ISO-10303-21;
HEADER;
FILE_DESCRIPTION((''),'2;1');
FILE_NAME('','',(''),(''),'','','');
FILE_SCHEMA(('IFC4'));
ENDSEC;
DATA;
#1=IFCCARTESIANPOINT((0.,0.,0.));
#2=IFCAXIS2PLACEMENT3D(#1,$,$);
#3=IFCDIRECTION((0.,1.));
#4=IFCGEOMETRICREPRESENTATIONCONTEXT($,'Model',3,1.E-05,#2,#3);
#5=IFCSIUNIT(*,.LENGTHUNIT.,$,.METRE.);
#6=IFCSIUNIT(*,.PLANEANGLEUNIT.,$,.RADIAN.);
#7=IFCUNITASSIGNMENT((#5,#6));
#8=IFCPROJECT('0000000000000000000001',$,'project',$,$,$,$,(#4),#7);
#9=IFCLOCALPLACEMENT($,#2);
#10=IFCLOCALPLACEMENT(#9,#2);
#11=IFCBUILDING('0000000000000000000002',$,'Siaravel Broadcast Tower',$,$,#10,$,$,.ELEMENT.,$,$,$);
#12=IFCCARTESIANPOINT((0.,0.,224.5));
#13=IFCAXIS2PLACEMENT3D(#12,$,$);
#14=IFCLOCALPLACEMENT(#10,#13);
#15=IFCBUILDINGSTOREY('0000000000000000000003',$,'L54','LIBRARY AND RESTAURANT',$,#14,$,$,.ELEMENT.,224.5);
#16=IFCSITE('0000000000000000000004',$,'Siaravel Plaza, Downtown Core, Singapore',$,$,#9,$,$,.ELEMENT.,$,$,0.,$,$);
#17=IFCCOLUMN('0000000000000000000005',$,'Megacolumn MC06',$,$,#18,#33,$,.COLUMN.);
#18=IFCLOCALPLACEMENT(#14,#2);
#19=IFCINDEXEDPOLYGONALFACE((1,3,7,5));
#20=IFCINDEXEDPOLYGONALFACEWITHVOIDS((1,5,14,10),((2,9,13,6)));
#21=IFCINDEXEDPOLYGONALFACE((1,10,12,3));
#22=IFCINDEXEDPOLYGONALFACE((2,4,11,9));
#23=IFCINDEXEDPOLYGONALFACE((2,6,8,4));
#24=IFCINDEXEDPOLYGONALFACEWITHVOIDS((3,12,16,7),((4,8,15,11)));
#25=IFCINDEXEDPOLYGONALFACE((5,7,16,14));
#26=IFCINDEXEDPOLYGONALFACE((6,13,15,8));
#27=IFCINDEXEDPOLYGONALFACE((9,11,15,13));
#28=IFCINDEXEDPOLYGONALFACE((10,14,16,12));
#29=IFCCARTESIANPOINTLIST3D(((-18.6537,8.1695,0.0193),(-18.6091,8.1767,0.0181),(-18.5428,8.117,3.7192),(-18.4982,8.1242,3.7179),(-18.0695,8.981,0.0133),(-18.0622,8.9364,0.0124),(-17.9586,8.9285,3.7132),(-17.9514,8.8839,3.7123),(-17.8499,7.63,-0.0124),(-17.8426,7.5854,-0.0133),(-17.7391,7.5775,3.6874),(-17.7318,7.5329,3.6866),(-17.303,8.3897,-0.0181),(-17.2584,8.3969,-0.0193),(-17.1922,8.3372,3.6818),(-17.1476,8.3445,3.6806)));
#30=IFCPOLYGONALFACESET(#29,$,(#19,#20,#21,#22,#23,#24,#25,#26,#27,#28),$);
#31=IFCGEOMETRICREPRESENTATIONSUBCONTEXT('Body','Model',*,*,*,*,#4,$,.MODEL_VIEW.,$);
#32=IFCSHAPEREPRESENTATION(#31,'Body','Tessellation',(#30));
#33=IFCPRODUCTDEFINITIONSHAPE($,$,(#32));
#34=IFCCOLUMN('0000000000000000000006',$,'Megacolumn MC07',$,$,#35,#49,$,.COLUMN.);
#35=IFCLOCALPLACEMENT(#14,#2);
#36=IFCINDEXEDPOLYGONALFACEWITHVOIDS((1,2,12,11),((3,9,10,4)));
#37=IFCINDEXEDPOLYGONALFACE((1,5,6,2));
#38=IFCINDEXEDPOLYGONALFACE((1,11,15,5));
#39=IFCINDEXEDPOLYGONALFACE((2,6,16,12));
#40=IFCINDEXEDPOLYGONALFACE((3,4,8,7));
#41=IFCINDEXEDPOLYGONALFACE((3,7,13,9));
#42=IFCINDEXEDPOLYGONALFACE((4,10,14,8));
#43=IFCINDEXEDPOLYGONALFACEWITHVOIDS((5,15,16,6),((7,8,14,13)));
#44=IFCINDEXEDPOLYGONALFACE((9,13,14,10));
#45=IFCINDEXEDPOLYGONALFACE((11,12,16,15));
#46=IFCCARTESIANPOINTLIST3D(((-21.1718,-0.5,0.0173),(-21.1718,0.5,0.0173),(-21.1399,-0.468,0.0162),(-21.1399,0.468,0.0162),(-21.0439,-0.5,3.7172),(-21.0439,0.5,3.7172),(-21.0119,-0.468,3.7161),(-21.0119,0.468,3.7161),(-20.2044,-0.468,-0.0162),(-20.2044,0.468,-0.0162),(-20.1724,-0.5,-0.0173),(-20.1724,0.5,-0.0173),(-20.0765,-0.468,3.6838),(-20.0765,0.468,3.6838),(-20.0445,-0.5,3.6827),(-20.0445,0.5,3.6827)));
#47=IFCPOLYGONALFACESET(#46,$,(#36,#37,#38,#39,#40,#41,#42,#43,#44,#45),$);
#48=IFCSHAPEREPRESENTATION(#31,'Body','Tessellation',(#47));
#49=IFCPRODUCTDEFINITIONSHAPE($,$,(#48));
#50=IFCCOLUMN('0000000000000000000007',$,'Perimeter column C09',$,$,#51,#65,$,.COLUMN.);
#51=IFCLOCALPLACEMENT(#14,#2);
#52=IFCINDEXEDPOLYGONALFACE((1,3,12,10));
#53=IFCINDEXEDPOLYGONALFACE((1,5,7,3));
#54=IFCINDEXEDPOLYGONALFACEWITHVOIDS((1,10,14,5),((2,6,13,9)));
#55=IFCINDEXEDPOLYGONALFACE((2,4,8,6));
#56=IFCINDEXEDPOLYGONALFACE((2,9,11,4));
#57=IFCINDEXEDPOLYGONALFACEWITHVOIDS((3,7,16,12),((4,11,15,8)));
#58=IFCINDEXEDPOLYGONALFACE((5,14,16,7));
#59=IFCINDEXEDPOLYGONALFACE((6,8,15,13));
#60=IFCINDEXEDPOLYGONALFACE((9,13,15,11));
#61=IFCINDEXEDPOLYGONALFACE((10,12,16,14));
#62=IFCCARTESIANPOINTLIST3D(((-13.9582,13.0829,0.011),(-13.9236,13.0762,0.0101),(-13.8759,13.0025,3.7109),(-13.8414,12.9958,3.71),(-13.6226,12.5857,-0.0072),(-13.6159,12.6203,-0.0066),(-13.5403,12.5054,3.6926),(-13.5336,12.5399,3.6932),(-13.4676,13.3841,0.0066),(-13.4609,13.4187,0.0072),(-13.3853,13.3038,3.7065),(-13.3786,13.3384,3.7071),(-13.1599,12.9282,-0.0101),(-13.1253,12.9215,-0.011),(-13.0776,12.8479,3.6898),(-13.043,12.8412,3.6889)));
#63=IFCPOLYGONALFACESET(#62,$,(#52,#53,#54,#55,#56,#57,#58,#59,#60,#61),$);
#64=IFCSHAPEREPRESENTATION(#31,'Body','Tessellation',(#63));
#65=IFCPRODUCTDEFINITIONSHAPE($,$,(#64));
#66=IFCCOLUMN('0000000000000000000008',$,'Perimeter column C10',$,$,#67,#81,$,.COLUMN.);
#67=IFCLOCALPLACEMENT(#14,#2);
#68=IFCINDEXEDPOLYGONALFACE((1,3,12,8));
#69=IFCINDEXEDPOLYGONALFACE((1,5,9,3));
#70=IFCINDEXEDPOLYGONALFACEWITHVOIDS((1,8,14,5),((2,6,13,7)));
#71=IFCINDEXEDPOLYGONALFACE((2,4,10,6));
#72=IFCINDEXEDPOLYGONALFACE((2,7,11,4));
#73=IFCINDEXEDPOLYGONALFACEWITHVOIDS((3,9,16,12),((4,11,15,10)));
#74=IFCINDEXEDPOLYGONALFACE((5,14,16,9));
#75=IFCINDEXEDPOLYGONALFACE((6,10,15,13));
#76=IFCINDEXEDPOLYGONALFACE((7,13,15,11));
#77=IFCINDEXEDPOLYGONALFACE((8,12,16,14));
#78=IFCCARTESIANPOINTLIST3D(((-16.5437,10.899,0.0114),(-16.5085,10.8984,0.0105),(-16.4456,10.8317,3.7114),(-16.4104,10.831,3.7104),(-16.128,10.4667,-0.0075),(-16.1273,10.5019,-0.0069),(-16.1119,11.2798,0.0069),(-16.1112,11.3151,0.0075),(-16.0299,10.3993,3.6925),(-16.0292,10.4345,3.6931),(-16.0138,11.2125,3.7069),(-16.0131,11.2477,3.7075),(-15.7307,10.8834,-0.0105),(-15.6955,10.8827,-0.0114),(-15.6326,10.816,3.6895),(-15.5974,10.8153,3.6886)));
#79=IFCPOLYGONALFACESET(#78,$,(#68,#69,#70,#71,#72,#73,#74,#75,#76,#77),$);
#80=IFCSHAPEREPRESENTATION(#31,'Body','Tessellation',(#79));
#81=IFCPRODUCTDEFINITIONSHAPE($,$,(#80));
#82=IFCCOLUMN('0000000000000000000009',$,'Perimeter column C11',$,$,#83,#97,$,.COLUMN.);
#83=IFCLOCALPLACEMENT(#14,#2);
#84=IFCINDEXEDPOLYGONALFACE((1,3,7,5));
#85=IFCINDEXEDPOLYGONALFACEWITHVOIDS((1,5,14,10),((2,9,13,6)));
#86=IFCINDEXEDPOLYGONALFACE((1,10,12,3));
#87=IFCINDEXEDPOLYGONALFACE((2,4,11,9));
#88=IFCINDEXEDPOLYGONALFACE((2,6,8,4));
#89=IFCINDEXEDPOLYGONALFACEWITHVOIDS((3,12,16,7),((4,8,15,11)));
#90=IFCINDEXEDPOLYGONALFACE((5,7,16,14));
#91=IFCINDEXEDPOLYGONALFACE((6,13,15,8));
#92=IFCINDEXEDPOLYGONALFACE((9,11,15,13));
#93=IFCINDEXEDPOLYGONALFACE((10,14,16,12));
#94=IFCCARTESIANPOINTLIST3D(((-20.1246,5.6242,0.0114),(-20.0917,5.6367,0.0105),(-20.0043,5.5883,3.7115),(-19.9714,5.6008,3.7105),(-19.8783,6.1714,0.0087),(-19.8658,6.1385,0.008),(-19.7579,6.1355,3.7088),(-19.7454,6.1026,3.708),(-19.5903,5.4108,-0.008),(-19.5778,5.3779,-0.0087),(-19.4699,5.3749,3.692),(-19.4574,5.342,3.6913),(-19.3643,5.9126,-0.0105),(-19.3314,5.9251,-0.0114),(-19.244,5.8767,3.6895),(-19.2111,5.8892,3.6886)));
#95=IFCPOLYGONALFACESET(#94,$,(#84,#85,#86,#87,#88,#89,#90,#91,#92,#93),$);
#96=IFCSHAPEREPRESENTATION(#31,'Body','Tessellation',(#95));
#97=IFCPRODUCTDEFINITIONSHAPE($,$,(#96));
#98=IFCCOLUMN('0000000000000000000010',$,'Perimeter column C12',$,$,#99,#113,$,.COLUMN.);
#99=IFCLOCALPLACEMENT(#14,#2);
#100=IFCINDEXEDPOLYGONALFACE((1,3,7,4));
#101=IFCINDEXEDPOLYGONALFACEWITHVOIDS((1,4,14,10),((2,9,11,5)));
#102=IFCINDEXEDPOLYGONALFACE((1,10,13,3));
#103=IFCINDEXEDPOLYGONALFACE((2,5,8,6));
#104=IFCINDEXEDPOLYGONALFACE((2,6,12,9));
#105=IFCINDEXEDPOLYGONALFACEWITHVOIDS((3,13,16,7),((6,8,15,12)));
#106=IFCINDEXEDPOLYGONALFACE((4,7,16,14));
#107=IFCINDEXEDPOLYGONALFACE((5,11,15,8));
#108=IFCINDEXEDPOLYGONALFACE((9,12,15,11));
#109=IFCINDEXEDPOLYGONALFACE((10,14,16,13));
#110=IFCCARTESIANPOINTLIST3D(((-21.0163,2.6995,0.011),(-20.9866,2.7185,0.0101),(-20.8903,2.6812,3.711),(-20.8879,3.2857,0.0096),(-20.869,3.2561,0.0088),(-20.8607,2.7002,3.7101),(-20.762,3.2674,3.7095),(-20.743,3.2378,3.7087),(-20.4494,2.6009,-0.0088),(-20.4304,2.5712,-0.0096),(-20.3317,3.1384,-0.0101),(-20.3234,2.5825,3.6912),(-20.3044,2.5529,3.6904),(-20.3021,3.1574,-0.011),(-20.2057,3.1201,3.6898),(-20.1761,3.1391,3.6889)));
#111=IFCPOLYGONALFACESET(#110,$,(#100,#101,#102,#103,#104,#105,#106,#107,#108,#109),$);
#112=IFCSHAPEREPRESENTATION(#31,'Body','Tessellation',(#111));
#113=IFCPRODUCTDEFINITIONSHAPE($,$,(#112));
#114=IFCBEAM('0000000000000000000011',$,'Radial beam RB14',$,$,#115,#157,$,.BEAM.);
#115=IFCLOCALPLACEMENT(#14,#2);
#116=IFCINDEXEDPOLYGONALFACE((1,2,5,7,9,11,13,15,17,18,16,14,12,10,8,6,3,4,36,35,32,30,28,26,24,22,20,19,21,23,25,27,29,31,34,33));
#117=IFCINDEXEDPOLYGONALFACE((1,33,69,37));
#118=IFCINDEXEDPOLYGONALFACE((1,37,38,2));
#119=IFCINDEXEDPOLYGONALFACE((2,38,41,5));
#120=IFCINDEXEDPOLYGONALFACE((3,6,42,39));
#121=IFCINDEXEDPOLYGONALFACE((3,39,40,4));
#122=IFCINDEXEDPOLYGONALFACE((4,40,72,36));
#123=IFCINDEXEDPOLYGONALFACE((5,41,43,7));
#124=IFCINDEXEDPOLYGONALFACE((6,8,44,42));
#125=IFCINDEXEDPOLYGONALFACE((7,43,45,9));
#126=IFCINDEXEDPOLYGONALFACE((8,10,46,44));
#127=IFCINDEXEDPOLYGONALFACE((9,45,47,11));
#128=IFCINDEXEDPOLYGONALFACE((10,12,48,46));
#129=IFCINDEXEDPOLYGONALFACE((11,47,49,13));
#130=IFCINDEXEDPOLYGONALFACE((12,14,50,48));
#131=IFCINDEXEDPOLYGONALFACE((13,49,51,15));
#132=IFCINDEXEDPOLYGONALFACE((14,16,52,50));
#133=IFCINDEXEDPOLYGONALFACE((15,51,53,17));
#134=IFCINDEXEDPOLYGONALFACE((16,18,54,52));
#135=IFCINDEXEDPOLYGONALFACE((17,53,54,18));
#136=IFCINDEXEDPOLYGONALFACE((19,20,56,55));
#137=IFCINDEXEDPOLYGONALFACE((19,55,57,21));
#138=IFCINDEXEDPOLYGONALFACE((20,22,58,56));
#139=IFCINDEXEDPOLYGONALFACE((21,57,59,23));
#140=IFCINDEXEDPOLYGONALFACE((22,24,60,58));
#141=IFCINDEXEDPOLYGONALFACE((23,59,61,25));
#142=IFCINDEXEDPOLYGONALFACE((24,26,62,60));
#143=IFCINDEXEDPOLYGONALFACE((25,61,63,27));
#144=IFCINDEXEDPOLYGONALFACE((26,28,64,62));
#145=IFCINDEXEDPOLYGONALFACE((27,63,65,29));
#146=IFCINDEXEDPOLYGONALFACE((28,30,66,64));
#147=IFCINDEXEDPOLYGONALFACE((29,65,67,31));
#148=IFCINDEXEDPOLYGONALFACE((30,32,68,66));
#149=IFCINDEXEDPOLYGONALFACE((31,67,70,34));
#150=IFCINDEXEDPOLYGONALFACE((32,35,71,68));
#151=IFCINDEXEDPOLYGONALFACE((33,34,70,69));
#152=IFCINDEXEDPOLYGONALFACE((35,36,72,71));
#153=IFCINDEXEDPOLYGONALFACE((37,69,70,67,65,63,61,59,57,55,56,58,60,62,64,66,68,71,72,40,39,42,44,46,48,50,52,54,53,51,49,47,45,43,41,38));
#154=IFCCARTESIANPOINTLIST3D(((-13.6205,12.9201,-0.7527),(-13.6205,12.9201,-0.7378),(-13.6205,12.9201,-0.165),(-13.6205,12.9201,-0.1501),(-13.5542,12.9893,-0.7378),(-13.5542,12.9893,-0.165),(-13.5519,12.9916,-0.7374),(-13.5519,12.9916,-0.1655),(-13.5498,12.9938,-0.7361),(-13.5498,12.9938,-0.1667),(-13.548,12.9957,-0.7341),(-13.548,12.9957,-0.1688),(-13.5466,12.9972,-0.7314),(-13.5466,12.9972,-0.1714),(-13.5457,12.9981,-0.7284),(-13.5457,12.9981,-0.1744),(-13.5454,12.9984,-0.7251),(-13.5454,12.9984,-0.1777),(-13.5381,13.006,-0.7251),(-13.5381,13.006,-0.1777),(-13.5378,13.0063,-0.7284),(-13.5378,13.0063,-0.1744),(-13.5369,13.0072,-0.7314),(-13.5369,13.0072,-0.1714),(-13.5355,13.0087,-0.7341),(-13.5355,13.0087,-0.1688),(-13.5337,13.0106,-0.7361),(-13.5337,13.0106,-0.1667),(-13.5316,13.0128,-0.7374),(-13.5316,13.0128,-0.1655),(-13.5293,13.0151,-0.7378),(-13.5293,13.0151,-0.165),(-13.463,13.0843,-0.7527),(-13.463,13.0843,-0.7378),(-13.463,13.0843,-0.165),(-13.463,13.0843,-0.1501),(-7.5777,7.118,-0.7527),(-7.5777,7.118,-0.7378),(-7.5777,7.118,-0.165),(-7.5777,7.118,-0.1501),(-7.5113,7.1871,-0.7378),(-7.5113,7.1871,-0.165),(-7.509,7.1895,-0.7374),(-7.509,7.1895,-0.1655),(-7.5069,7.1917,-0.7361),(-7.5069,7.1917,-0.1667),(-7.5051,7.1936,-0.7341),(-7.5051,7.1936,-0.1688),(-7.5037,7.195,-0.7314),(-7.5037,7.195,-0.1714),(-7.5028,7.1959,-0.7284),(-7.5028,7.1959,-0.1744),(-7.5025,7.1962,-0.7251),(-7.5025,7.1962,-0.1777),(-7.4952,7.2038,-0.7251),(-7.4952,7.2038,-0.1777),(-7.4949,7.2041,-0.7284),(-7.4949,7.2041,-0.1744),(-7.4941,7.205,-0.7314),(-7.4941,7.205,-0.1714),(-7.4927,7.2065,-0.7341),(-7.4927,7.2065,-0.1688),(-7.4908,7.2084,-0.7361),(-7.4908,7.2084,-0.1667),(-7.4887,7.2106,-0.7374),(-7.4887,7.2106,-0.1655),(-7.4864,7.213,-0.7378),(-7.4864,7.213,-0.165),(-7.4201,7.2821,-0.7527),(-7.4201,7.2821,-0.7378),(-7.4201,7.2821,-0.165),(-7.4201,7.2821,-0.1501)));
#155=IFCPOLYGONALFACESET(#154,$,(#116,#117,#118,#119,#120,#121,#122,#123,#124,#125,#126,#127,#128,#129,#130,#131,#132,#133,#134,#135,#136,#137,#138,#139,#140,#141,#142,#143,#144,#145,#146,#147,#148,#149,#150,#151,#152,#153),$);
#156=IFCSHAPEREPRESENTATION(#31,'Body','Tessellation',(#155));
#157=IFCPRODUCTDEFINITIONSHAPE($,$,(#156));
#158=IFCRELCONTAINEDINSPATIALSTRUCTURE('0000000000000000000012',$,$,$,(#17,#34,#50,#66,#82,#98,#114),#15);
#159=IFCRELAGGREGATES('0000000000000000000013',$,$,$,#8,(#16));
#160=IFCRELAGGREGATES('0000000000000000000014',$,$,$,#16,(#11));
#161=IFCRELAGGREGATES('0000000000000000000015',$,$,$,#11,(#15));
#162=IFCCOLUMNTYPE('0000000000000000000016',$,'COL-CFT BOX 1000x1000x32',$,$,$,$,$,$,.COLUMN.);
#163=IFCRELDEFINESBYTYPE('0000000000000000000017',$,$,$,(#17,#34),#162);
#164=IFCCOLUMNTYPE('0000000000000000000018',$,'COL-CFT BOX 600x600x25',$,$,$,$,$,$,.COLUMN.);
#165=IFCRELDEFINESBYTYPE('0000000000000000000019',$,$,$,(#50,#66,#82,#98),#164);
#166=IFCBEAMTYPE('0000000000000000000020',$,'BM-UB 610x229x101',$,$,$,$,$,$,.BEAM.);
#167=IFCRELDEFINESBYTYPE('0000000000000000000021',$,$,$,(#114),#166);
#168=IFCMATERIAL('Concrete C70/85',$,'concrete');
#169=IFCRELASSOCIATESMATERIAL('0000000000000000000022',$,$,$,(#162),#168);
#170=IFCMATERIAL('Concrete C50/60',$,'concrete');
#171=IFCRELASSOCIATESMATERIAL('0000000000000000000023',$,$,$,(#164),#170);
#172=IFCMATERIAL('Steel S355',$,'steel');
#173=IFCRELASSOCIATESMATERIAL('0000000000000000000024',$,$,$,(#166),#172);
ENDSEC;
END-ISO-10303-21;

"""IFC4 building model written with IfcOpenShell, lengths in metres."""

from ifc_helpers import new_model, si_unit, direction, frame, origin, origin_2d, place, context, subcontext, project, spatial, hollow_rectangle, i_section, extrude, material, material_profile, profile_set, type_object, element, save


model = new_model("IFC4")

# Units and contexts
model_context = context("Model", 3, precision=1e-05, world=origin(), true_north=direction((0.0, 1.0)))
body_context = subcontext(model_context, "Body", "Model", "MODEL_VIEW")
ifc_project = project(units=[si_unit("LENGTHUNIT", "METRE"), si_unit("PLANEANGLEUNIT", "RADIAN")], contexts=[model_context])

# Site, building, storey
site_placement = place(None, origin())
site = spatial("IfcSite", under=ifc_project, at=site_placement, Name="Siaravel Plaza, Downtown Core, Singapore", CompositionType="ELEMENT", RefElevation=0.0)
building_placement = place(site_placement, origin())
building = spatial("IfcBuilding", under=site, at=building_placement, Name="Siaravel Broadcast Tower", CompositionType="ELEMENT")
storey_placement = place(building_placement, frame((0.0, 0.0, 224.5)))
storey = spatial("IfcBuildingStorey", under=building, at=storey_placement, Name="L54", Description="LIBRARY AND RESTAURANT", CompositionType="ELEMENT", Elevation=224.5)

# Columns
ifc_material_1 = material(Name="Concrete C70/85", Category="concrete")
ifc_material_profile_1 = material_profile(ifc_material_1, hollow_rectangle(XDim=1.0, YDim=1.0, WallThickness=0.032, at=origin_2d()))
ifc_profile_set_1 = profile_set([ifc_material_profile_1], Name="Concrete C70/85")
column_type_1 = type_object("IfcColumnType", Name="COL-CFT BOX 1000x1000x32", PredefinedType="COLUMN", material=ifc_profile_set_1)
column_1_placement = place(storey_placement, frame((-17.9561, 8.2832, 0.0), z_axis=(0.029941, -0.014179, 0.999451), x_axis=(0.584227, 0.811568, -0.005988)))
element("IfcColumn", 1, at=column_1_placement, inside=storey, type_object=column_type_1, Name="Megacolumn MC06", PredefinedType="COLUMN", context=body_context, shape_type="SweptSolid", body=[
    extrude(hollow_rectangle(XDim=1.0, YDim=1.0, WallThickness=0.032, at=origin_2d()), origin(), (0.0, 0.0, 1.0), 3.7019),
])
column_2_placement = place(storey_placement, frame((-20.6721, 0.0, 0.0), z_axis=(0.034555, 0.0, 0.999403), x_axis=(0.0, 1.0, 0.0)))
element("IfcColumn", 2, at=column_2_placement, inside=storey, type_object=column_type_1, Name="Megacolumn MC07", PredefinedType="COLUMN", context=body_context, shape_type="SweptSolid", body=[
    extrude(hollow_rectangle(XDim=1.0, YDim=1.0, WallThickness=0.032, at=origin_2d()), origin(), (0.0, 0.0, 1.0), 3.7021),
])
ifc_material_2 = material(Name="Concrete C50/60", Category="concrete")
ifc_material_profile_2 = material_profile(ifc_material_2, hollow_rectangle(XDim=0.6001, YDim=0.6001, WallThickness=0.0249, at=origin_2d()))
ifc_profile_set_2 = profile_set([ifc_material_profile_2], Name="Concrete C50/60")
column_type_2 = type_object("IfcColumnType", Name="COL-CFT BOX 600x600x25", PredefinedType="COLUMN", material=ifc_profile_set_2)
column_3_placement = place(storey_placement, frame((-13.5417, 13.0022, 0.0), z_axis=(0.022226, -0.021699, 0.999517), x_axis=(0.828722, 0.559626, -0.006279)))
element("IfcColumn", 3, at=column_3_placement, inside=storey, type_object=column_type_2, Name="Perimeter column C09", PredefinedType="COLUMN", context=body_context, shape_type="SweptSolid", body=[
    extrude(hollow_rectangle(XDim=0.6001, YDim=0.6001, WallThickness=0.0249, at=origin_2d()), origin(), (0.0, 0.0, 1.0), 3.7017),
])
column_4_placement = place(storey_placement, frame((-16.1196, 10.8909, 0.0), z_axis=(0.026512, -0.018202, 0.999483), x_axis=(0.720685, 0.693232, -0.006492)))
element("IfcColumn", 4, at=column_4_placement, inside=storey, type_object=column_type_2, Name="Perimeter column C10", PredefinedType="COLUMN", context=body_context, shape_type="SweptSolid", body=[
    extrude(hollow_rectangle(XDim=0.6001, YDim=0.6001, WallThickness=0.0249, at=origin_2d()), origin(), (0.0, 0.0, 1.0), 3.7019),
])
for number, where, z_axis, x_axis, name in (
    (5, (-19.728, 5.7747, 0.0), (0.032512, -0.009694, 0.999424), (0.41057, 0.911818, -0.004512), "Perimeter column C11"),
    (6, (-20.6592, 2.9285, 0.0), (0.034028, -0.004946, 0.999409), (0.213841, 0.976865, -0.002447), "Perimeter column C12"),
):
    element("IfcColumn", number, at=place(storey_placement, frame(where, z_axis=z_axis, x_axis=x_axis)), inside=storey, type_object=column_type_2, Name=name, PredefinedType="COLUMN", context=body_context, shape_type="SweptSolid", body=[
        extrude(hollow_rectangle(XDim=0.6001, YDim=0.6001, WallThickness=0.0249, at=origin_2d()), origin(), (0.0, 0.0, 1.0), 3.7021),
    ])

# Beam
ifc_material_3 = material(Name="Steel S355", Category="steel")
ifc_material_profile_3 = material_profile(ifc_material_3, i_section(OverallWidth=0.2275, OverallDepth=0.6025, WebThickness=0.0105, FlangeThickness=0.0149, FilletRadius=0.0127, at=origin_2d()))
ifc_profile_set_3 = profile_set([ifc_material_profile_3], Name="Steel S355")
beam_type = type_object("IfcBeamType", Name="BM-UB 610x229x101", PredefinedType="BEAM", material=ifc_profile_set_3)
beam_1_placement = place(storey_placement, frame((-13.5417, 13.0022, -0.4514), z_axis=(0.721328, -0.692594, 0.0), x_axis=(0.692594, 0.721328, 0.0)))
element("IfcBeam", 7, at=beam_1_placement, inside=storey, type_object=beam_type, Name="Radial beam RB14", PredefinedType="BEAM", context=body_context, shape_type="SweptSolid", body=[
    extrude(i_section(OverallWidth=0.2275, OverallDepth=0.6025, WebThickness=0.0105, FlangeThickness=0.0149, FilletRadius=0.0127, at=origin_2d()), origin(), (0.0, 0.0, 1.0), 8.3774),
])

save(model, "model.ifc")
